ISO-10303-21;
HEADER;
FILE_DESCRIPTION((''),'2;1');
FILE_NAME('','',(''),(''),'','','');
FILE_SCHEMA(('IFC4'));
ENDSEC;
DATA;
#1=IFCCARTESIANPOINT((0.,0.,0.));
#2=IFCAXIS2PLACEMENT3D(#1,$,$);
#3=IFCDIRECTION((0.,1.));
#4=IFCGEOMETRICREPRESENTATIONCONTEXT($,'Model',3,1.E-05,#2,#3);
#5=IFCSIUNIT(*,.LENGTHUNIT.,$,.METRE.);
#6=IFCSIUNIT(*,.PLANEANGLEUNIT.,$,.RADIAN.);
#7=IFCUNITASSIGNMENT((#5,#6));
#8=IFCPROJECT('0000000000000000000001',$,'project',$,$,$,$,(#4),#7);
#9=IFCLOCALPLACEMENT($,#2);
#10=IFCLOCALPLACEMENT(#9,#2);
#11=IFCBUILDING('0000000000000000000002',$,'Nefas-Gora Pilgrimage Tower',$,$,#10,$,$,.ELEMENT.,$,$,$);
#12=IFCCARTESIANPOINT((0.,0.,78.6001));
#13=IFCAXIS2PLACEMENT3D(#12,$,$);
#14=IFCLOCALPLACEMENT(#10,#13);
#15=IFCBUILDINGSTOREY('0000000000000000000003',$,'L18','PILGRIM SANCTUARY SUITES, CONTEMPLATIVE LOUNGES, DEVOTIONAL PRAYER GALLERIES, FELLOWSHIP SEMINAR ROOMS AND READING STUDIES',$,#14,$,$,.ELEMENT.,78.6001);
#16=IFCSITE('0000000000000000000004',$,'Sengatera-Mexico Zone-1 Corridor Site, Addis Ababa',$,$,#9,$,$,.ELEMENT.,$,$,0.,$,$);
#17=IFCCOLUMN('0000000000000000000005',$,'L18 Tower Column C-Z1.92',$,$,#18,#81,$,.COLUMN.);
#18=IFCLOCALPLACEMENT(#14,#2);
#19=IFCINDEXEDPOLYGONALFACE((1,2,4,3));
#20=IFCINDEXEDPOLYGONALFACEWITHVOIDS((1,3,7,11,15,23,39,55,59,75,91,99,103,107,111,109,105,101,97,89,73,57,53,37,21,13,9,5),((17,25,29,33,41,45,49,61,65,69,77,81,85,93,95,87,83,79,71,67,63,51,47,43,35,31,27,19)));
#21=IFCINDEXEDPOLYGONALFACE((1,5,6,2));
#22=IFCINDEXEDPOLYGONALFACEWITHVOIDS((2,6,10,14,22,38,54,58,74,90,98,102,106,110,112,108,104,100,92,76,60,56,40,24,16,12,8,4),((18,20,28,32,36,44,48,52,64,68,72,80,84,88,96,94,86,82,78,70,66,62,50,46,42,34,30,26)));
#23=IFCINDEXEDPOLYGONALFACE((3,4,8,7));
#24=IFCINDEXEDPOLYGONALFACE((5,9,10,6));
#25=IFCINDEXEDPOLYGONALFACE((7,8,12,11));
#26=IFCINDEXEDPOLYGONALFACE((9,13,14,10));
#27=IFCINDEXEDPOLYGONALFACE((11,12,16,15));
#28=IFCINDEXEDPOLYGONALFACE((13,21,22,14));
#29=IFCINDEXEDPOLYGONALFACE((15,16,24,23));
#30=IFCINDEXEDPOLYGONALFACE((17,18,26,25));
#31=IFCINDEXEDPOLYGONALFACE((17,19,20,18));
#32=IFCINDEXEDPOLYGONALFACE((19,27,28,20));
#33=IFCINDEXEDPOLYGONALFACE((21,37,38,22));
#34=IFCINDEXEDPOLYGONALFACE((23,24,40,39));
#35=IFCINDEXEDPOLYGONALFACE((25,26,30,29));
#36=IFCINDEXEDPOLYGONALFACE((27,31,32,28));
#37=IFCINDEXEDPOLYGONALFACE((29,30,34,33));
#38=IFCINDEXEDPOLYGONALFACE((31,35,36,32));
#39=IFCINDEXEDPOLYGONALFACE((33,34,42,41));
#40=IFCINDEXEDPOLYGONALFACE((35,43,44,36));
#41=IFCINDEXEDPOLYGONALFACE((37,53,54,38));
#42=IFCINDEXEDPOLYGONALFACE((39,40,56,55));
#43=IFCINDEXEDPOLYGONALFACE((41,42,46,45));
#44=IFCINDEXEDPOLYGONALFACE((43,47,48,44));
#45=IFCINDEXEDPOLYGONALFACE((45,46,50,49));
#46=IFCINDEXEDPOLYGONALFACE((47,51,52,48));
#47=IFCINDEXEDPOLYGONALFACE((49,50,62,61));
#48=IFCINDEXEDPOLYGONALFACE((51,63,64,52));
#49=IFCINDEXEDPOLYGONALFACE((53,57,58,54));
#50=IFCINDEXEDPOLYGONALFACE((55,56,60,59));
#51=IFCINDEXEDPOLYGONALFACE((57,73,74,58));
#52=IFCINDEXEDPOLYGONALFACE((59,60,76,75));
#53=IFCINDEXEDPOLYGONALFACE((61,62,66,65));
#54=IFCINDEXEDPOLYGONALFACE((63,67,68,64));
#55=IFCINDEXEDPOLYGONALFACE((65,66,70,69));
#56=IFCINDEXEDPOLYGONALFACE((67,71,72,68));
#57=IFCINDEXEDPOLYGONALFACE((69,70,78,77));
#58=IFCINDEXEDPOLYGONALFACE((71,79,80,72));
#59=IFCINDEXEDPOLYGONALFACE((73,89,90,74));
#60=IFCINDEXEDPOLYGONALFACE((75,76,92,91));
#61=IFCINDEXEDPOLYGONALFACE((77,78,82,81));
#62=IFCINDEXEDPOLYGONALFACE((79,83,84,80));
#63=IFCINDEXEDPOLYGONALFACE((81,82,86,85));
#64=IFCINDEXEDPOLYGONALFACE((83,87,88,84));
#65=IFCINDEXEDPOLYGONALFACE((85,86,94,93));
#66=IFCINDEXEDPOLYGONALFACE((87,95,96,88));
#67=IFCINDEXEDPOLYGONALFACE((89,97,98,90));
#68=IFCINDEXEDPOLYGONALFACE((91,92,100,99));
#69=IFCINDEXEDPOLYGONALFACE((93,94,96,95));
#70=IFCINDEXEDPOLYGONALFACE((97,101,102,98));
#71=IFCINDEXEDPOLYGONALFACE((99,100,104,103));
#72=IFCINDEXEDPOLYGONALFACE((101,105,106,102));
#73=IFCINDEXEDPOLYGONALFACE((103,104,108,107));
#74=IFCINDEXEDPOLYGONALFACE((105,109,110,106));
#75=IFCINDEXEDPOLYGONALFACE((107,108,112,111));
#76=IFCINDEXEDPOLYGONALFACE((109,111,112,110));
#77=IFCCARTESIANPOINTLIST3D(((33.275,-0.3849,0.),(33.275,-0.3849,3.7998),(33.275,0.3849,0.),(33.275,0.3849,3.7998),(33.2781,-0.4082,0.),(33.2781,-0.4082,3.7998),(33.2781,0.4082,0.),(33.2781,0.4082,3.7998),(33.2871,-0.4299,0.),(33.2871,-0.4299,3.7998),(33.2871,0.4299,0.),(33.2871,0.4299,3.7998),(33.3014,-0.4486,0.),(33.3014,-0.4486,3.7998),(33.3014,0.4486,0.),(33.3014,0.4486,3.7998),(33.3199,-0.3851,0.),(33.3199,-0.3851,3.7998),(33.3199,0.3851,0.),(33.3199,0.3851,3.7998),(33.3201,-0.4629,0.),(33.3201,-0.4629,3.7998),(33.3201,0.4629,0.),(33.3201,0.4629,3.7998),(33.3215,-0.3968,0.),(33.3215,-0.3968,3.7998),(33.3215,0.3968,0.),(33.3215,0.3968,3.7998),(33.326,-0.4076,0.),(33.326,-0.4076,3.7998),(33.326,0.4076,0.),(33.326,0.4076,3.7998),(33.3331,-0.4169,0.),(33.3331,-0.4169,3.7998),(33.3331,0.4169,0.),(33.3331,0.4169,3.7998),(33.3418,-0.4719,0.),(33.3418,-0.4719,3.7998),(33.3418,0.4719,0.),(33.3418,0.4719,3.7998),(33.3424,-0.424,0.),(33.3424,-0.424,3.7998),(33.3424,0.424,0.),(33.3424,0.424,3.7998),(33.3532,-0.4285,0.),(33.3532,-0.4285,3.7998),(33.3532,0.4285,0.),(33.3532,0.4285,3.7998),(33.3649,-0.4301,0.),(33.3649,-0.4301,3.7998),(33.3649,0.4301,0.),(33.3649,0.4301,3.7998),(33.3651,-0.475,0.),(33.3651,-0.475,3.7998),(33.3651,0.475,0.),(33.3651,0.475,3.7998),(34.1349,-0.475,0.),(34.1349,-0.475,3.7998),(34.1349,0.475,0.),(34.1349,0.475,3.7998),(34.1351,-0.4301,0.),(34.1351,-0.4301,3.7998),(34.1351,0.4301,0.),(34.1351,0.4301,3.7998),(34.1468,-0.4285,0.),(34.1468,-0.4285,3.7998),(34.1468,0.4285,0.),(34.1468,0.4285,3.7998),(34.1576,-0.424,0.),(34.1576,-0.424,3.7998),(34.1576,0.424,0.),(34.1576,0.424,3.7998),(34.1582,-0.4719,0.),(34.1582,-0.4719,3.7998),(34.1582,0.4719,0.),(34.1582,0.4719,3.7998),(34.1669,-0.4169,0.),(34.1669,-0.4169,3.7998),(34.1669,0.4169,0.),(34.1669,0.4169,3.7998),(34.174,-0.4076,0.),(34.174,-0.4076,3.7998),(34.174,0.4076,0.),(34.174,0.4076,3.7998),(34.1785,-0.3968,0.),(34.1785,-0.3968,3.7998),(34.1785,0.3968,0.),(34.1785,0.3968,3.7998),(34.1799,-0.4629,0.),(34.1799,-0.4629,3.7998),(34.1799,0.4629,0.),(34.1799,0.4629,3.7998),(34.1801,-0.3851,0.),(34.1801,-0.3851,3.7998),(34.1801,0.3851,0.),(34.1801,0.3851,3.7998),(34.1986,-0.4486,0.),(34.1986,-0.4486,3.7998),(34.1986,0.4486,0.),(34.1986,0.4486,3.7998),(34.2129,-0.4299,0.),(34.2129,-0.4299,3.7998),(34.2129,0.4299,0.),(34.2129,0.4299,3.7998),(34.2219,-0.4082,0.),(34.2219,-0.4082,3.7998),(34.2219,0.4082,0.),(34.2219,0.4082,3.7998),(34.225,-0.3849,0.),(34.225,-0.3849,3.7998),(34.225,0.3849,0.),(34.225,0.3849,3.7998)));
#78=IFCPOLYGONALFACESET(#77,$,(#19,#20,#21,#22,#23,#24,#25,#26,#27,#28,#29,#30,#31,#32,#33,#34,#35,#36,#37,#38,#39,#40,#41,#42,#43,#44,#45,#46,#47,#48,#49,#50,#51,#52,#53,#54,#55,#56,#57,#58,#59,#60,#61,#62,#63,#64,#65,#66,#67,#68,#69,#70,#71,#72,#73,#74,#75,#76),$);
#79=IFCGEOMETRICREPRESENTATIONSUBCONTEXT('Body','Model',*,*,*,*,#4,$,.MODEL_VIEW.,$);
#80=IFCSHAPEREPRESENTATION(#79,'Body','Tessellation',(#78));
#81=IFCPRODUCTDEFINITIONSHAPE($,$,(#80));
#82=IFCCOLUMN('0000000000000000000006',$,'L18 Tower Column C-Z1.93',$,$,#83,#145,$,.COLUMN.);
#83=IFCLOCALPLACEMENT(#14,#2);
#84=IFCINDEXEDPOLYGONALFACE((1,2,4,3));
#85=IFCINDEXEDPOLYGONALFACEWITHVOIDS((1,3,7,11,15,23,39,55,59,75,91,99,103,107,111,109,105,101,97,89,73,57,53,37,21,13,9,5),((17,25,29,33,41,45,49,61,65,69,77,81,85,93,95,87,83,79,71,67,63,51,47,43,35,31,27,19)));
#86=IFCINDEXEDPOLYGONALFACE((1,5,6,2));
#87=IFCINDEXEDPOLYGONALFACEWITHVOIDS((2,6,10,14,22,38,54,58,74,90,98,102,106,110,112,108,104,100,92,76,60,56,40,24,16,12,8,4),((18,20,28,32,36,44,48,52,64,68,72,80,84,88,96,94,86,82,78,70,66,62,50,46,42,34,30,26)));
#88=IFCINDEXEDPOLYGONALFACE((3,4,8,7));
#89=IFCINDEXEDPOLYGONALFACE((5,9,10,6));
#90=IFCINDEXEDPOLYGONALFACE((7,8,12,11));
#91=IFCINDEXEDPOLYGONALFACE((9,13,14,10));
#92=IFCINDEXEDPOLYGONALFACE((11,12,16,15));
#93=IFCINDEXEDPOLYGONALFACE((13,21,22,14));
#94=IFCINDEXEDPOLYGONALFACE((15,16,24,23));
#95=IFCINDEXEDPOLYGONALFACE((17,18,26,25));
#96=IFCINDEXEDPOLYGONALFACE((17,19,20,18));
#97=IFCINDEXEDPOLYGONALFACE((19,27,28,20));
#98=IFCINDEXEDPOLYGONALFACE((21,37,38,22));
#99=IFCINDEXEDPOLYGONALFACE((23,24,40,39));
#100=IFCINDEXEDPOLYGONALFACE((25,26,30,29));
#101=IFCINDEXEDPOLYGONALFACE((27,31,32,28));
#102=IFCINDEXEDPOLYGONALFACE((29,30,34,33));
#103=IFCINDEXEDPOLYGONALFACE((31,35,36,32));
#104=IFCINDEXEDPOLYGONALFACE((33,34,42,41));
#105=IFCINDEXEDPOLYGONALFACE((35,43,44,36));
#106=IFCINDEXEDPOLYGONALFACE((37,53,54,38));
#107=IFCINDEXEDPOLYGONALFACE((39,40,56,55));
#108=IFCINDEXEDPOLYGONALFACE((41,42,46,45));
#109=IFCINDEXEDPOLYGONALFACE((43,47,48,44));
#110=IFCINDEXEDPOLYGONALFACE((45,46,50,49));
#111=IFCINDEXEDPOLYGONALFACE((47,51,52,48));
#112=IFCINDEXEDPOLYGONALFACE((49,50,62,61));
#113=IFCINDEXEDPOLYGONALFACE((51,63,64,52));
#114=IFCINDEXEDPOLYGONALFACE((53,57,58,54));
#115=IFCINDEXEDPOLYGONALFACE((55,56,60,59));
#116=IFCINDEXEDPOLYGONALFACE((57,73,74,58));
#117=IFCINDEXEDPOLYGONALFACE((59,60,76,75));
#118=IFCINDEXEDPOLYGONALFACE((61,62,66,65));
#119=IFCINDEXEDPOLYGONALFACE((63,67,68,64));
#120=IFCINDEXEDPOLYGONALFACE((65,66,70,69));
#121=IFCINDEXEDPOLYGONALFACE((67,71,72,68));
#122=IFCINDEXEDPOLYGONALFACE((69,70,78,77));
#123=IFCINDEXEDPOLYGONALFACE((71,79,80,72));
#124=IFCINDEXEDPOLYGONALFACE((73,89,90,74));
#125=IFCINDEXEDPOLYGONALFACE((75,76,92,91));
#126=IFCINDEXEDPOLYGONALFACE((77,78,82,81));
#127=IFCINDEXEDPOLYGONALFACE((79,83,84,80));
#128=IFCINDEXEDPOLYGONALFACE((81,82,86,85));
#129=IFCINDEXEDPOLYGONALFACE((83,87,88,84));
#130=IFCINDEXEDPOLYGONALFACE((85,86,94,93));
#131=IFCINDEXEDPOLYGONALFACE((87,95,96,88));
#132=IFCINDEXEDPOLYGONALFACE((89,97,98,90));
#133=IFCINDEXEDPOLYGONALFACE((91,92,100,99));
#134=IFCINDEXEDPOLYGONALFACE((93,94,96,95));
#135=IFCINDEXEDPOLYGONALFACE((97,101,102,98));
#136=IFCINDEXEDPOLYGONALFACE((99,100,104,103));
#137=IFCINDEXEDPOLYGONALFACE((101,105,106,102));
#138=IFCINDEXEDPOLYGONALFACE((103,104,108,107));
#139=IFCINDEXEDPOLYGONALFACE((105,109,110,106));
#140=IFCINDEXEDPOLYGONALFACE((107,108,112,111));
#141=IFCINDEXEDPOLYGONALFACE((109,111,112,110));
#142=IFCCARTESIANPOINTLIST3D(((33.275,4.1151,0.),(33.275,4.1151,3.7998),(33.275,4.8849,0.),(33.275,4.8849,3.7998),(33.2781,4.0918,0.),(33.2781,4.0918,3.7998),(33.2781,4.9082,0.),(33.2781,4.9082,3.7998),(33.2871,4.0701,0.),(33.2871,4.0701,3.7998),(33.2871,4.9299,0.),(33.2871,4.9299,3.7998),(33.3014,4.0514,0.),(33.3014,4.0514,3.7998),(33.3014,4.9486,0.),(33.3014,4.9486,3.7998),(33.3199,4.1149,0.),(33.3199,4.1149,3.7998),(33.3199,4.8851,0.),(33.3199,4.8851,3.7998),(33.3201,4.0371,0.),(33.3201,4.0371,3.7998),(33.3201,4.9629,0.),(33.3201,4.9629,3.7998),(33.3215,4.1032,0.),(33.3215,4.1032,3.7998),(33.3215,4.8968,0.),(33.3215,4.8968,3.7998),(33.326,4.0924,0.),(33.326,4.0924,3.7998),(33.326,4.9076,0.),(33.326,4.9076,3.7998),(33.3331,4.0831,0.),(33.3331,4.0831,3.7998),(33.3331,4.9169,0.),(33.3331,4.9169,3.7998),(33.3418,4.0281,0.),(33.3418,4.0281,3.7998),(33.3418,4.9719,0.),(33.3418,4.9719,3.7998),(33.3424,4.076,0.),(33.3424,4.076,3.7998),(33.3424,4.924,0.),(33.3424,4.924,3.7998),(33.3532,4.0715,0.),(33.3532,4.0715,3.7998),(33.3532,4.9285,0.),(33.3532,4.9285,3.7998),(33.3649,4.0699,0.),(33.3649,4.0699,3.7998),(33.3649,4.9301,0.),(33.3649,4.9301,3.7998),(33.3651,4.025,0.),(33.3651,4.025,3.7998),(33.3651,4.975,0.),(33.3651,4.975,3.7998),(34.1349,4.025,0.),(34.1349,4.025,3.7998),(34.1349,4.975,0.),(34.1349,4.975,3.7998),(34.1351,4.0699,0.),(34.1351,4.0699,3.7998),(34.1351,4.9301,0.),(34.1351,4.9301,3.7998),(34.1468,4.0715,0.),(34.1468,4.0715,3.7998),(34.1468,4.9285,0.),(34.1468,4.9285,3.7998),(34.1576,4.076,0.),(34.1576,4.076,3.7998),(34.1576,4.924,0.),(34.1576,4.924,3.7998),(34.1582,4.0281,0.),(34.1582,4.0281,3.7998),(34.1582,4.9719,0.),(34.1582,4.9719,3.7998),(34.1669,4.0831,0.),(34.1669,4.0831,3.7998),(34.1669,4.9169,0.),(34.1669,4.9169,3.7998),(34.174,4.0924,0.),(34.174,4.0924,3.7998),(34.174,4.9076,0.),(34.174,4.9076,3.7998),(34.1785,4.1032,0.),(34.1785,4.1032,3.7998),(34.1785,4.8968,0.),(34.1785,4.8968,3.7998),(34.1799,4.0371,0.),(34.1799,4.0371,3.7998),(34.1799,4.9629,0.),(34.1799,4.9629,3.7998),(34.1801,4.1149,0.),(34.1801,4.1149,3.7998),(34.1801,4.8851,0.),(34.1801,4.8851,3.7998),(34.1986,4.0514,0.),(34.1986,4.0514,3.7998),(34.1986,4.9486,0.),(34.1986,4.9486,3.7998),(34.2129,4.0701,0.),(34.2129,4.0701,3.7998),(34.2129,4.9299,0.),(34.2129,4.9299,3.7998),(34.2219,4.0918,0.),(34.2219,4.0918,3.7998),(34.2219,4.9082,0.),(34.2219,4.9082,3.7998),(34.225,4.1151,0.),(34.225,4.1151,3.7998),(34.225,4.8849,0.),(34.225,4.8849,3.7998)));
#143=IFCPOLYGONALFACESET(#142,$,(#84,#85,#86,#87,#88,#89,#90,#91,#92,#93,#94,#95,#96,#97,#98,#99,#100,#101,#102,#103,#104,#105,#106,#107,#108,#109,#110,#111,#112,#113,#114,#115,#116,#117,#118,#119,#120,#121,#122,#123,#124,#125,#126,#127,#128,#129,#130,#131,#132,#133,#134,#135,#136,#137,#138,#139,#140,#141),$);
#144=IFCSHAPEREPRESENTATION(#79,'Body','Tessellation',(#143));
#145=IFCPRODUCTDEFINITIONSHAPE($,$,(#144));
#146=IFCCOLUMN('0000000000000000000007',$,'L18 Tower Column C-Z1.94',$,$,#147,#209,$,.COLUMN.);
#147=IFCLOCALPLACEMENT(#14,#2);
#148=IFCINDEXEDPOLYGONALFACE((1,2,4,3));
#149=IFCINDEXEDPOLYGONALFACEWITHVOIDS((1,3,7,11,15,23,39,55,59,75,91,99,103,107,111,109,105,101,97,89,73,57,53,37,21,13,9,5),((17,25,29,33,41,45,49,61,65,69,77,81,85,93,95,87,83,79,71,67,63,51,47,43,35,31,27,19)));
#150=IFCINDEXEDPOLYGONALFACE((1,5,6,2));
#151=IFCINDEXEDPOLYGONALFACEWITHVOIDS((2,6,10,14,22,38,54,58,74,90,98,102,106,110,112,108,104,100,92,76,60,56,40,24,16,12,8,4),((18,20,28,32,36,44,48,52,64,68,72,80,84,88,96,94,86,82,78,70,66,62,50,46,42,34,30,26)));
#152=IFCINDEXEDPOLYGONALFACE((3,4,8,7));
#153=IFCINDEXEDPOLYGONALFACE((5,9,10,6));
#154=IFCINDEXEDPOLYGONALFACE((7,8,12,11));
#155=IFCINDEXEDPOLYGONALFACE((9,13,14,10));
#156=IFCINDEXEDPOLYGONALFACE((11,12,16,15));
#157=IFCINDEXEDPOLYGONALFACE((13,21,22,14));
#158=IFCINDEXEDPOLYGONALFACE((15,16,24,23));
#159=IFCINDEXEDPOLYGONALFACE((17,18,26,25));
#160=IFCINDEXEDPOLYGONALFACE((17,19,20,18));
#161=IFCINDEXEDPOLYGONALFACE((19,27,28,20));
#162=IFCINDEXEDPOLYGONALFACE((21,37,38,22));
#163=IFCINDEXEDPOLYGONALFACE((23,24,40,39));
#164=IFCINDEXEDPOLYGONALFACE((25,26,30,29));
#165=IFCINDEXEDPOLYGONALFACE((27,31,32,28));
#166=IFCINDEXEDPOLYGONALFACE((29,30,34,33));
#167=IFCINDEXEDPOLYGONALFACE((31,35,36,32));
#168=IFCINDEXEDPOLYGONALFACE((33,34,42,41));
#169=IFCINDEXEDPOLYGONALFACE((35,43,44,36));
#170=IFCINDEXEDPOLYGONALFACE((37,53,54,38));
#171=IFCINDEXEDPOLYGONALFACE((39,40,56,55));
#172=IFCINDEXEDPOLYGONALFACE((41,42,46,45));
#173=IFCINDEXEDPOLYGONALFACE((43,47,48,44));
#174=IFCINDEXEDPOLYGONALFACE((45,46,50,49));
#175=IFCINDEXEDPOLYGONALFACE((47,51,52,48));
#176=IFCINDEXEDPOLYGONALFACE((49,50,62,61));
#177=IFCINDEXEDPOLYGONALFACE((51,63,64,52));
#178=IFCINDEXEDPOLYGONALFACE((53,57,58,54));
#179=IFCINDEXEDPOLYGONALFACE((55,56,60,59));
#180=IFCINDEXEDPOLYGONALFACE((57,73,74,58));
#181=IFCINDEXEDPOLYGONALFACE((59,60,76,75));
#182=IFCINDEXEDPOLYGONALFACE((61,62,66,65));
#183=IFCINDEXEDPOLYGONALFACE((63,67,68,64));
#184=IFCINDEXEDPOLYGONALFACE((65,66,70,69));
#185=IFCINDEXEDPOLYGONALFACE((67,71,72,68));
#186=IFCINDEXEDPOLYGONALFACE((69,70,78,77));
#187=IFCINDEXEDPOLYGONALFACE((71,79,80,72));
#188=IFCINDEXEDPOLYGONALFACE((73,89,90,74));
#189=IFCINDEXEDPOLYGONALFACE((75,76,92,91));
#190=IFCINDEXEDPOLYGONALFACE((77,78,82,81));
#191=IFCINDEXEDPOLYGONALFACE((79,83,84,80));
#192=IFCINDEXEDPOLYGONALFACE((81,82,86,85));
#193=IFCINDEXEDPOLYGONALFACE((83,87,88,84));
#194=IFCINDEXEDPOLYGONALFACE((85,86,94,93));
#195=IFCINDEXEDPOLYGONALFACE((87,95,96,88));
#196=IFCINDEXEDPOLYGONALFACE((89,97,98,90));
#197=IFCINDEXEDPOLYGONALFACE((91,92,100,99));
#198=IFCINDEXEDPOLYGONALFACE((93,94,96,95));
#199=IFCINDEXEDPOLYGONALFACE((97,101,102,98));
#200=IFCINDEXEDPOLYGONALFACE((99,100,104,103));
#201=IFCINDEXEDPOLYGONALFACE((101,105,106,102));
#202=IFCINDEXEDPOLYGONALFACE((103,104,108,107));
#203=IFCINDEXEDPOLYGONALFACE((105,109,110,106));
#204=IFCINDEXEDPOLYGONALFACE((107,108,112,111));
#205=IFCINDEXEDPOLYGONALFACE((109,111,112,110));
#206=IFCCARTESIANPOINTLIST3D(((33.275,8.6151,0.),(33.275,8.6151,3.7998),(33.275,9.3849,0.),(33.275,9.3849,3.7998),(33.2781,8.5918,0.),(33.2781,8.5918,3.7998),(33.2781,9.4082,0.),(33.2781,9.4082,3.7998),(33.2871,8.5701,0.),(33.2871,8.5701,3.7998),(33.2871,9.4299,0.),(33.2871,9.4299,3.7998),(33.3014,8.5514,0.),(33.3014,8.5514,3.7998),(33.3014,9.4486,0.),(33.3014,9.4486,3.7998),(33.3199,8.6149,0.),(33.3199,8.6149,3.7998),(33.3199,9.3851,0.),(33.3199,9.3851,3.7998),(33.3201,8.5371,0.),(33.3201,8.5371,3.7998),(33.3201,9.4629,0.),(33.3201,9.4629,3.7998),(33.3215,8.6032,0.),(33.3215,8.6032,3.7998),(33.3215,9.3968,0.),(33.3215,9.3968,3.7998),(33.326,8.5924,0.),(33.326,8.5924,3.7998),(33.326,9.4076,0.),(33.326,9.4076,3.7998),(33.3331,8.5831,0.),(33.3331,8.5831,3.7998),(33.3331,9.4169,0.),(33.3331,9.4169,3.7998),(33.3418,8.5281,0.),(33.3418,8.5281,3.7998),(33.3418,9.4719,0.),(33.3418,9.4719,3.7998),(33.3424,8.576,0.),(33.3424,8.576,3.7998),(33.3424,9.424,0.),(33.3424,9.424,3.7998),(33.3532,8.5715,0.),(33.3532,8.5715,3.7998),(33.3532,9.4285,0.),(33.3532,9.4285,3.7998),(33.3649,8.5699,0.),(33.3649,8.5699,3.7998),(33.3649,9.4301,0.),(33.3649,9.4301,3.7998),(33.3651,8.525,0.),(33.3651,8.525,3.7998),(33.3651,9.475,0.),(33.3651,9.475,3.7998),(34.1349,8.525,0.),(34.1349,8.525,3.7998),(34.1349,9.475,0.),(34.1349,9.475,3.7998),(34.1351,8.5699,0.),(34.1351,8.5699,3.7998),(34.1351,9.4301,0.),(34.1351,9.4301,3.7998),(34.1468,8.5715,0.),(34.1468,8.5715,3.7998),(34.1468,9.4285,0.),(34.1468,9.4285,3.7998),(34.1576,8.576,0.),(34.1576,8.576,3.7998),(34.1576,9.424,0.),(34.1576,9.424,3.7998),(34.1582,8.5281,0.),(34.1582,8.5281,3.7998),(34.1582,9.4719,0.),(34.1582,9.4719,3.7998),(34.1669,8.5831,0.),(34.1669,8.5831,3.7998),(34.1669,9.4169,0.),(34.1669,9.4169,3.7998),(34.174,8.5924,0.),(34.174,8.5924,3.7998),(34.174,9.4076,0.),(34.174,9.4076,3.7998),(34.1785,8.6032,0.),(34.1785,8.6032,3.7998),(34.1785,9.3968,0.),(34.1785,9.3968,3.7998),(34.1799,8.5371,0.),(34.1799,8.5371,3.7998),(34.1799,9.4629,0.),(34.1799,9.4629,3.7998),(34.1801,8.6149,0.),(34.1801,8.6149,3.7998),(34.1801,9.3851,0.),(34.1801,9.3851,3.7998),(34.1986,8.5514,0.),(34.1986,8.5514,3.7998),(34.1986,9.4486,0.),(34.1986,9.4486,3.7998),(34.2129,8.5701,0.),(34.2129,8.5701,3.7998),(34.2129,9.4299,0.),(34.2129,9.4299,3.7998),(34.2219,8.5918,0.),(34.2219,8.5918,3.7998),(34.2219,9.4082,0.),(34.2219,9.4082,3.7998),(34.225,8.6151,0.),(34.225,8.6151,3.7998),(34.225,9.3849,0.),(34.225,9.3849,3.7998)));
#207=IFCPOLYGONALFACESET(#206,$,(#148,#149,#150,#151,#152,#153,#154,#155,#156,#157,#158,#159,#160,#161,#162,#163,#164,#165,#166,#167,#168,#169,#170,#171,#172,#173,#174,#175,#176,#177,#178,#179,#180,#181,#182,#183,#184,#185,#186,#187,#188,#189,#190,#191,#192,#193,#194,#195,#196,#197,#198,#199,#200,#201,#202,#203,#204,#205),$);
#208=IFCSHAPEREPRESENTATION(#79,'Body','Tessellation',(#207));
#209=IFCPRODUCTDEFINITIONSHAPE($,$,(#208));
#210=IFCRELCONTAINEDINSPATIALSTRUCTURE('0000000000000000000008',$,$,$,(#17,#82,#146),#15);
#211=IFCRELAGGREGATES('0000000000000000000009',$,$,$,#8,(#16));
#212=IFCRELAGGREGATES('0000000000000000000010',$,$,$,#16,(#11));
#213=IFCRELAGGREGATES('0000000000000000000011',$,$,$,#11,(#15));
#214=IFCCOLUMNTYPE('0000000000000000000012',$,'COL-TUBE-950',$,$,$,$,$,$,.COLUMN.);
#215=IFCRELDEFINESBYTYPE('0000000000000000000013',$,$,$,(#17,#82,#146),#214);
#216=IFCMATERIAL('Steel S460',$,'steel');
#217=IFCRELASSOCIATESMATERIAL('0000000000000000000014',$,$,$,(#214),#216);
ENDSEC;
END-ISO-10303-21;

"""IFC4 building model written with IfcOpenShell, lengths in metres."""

from ifc_helpers import new_model, si_unit, direction, frame, origin, origin_2d, place, context, subcontext, project, spatial, hollow_rectangle, extrude, source, transform, mapped, material, material_profile, profile_set, type_object, element, save


model = new_model("IFC4")

# Units and contexts
model_context = context("Model", 3, precision=1e-05, world=origin(), true_north=direction((0.0, 1.0)))
body_context = subcontext(model_context, "Body", "Model", "MODEL_VIEW")
ifc_project = project(units=[si_unit("LENGTHUNIT", "METRE"), si_unit("PLANEANGLEUNIT", "RADIAN")], contexts=[model_context])

# Site, building, storey
site_placement = place(None, origin())
site = spatial("IfcSite", under=ifc_project, at=site_placement, Name="Sengatera-Mexico Zone-1 Corridor Site, Addis Ababa", CompositionType="ELEMENT", RefElevation=0.0)
building_placement = place(site_placement, origin())
building = spatial("IfcBuilding", under=site, at=building_placement, Name="Nefas-Gora Pilgrimage Tower", CompositionType="ELEMENT")
storey_placement = place(building_placement, frame((0.0, 0.0, 78.6001)))
storey = spatial("IfcBuildingStorey", under=building, at=storey_placement, Name="L18", Description="PILGRIM SANCTUARY SUITES, CONTEMPLATIVE LOUNGES, DEVOTIONAL PRAYER GALLERIES, FELLOWSHIP SEMINAR ROOMS AND READING STUDIES", CompositionType="ELEMENT", Elevation=78.6001)

# Columns
ifc_material_1 = material(Name="Steel S460", Category="steel")
ifc_material_profile_1 = material_profile(ifc_material_1, hollow_rectangle(XDim=0.95, YDim=0.95, WallThickness=0.0449, InnerFilletRadius=0.0449, OuterFilletRadius=0.0901, at=origin_2d()), Name="BOX 950x950x45")
ifc_profile_set_1 = profile_set([ifc_material_profile_1], Name="Steel S460")
column_type_1 = type_object("IfcColumnType", Name="COL-TUBE-950", PredefinedType="COLUMN", material=ifc_profile_set_1)
shared_shape_1 = source(origin(), body_context, "Body", "SweptSolid", [
    extrude(hollow_rectangle(XDim=0.95, YDim=0.95, WallThickness=0.0449, InnerFilletRadius=0.0449, OuterFilletRadius=0.0901, at=origin_2d()), origin(), (0.0, 0.0, 1.0), 3.7998),
])
for number, where, z_axis, x_axis, name in (
    (1, (33.75, 0.0, 0.0), (0.0, 0.0, 1.0), (1.0, 0.0, 0.0), "L18 Tower Column C-Z1.92"),
    (2, (33.75, 4.5, 0.0), (0.0, 0.0, 1.0), (1.0, 0.0, 0.0), "L18 Tower Column C-Z1.93"),
    (3, (33.75, 9.0, 0.0), (0.0, 0.0, 1.0), (1.0, 0.0, 0.0), "L18 Tower Column C-Z1.94"),
):
    element("IfcColumn", number, at=place(storey_placement, frame(where, z_axis=z_axis, x_axis=x_axis)), inside=storey, type_object=column_type_1, Name=name, PredefinedType="COLUMN", context=body_context, shape_type="MappedRepresentation", body=[
        mapped(shared_shape_1, transform((0.0, 0.0, 0.0), x_axis=(1.0, 0.0, 0.0), y_axis=(0.0, 1.0, 0.0), z_axis=(0.0, 0.0, 1.0), scale=1.0)),
    ])

save(model, "model.ifc")
